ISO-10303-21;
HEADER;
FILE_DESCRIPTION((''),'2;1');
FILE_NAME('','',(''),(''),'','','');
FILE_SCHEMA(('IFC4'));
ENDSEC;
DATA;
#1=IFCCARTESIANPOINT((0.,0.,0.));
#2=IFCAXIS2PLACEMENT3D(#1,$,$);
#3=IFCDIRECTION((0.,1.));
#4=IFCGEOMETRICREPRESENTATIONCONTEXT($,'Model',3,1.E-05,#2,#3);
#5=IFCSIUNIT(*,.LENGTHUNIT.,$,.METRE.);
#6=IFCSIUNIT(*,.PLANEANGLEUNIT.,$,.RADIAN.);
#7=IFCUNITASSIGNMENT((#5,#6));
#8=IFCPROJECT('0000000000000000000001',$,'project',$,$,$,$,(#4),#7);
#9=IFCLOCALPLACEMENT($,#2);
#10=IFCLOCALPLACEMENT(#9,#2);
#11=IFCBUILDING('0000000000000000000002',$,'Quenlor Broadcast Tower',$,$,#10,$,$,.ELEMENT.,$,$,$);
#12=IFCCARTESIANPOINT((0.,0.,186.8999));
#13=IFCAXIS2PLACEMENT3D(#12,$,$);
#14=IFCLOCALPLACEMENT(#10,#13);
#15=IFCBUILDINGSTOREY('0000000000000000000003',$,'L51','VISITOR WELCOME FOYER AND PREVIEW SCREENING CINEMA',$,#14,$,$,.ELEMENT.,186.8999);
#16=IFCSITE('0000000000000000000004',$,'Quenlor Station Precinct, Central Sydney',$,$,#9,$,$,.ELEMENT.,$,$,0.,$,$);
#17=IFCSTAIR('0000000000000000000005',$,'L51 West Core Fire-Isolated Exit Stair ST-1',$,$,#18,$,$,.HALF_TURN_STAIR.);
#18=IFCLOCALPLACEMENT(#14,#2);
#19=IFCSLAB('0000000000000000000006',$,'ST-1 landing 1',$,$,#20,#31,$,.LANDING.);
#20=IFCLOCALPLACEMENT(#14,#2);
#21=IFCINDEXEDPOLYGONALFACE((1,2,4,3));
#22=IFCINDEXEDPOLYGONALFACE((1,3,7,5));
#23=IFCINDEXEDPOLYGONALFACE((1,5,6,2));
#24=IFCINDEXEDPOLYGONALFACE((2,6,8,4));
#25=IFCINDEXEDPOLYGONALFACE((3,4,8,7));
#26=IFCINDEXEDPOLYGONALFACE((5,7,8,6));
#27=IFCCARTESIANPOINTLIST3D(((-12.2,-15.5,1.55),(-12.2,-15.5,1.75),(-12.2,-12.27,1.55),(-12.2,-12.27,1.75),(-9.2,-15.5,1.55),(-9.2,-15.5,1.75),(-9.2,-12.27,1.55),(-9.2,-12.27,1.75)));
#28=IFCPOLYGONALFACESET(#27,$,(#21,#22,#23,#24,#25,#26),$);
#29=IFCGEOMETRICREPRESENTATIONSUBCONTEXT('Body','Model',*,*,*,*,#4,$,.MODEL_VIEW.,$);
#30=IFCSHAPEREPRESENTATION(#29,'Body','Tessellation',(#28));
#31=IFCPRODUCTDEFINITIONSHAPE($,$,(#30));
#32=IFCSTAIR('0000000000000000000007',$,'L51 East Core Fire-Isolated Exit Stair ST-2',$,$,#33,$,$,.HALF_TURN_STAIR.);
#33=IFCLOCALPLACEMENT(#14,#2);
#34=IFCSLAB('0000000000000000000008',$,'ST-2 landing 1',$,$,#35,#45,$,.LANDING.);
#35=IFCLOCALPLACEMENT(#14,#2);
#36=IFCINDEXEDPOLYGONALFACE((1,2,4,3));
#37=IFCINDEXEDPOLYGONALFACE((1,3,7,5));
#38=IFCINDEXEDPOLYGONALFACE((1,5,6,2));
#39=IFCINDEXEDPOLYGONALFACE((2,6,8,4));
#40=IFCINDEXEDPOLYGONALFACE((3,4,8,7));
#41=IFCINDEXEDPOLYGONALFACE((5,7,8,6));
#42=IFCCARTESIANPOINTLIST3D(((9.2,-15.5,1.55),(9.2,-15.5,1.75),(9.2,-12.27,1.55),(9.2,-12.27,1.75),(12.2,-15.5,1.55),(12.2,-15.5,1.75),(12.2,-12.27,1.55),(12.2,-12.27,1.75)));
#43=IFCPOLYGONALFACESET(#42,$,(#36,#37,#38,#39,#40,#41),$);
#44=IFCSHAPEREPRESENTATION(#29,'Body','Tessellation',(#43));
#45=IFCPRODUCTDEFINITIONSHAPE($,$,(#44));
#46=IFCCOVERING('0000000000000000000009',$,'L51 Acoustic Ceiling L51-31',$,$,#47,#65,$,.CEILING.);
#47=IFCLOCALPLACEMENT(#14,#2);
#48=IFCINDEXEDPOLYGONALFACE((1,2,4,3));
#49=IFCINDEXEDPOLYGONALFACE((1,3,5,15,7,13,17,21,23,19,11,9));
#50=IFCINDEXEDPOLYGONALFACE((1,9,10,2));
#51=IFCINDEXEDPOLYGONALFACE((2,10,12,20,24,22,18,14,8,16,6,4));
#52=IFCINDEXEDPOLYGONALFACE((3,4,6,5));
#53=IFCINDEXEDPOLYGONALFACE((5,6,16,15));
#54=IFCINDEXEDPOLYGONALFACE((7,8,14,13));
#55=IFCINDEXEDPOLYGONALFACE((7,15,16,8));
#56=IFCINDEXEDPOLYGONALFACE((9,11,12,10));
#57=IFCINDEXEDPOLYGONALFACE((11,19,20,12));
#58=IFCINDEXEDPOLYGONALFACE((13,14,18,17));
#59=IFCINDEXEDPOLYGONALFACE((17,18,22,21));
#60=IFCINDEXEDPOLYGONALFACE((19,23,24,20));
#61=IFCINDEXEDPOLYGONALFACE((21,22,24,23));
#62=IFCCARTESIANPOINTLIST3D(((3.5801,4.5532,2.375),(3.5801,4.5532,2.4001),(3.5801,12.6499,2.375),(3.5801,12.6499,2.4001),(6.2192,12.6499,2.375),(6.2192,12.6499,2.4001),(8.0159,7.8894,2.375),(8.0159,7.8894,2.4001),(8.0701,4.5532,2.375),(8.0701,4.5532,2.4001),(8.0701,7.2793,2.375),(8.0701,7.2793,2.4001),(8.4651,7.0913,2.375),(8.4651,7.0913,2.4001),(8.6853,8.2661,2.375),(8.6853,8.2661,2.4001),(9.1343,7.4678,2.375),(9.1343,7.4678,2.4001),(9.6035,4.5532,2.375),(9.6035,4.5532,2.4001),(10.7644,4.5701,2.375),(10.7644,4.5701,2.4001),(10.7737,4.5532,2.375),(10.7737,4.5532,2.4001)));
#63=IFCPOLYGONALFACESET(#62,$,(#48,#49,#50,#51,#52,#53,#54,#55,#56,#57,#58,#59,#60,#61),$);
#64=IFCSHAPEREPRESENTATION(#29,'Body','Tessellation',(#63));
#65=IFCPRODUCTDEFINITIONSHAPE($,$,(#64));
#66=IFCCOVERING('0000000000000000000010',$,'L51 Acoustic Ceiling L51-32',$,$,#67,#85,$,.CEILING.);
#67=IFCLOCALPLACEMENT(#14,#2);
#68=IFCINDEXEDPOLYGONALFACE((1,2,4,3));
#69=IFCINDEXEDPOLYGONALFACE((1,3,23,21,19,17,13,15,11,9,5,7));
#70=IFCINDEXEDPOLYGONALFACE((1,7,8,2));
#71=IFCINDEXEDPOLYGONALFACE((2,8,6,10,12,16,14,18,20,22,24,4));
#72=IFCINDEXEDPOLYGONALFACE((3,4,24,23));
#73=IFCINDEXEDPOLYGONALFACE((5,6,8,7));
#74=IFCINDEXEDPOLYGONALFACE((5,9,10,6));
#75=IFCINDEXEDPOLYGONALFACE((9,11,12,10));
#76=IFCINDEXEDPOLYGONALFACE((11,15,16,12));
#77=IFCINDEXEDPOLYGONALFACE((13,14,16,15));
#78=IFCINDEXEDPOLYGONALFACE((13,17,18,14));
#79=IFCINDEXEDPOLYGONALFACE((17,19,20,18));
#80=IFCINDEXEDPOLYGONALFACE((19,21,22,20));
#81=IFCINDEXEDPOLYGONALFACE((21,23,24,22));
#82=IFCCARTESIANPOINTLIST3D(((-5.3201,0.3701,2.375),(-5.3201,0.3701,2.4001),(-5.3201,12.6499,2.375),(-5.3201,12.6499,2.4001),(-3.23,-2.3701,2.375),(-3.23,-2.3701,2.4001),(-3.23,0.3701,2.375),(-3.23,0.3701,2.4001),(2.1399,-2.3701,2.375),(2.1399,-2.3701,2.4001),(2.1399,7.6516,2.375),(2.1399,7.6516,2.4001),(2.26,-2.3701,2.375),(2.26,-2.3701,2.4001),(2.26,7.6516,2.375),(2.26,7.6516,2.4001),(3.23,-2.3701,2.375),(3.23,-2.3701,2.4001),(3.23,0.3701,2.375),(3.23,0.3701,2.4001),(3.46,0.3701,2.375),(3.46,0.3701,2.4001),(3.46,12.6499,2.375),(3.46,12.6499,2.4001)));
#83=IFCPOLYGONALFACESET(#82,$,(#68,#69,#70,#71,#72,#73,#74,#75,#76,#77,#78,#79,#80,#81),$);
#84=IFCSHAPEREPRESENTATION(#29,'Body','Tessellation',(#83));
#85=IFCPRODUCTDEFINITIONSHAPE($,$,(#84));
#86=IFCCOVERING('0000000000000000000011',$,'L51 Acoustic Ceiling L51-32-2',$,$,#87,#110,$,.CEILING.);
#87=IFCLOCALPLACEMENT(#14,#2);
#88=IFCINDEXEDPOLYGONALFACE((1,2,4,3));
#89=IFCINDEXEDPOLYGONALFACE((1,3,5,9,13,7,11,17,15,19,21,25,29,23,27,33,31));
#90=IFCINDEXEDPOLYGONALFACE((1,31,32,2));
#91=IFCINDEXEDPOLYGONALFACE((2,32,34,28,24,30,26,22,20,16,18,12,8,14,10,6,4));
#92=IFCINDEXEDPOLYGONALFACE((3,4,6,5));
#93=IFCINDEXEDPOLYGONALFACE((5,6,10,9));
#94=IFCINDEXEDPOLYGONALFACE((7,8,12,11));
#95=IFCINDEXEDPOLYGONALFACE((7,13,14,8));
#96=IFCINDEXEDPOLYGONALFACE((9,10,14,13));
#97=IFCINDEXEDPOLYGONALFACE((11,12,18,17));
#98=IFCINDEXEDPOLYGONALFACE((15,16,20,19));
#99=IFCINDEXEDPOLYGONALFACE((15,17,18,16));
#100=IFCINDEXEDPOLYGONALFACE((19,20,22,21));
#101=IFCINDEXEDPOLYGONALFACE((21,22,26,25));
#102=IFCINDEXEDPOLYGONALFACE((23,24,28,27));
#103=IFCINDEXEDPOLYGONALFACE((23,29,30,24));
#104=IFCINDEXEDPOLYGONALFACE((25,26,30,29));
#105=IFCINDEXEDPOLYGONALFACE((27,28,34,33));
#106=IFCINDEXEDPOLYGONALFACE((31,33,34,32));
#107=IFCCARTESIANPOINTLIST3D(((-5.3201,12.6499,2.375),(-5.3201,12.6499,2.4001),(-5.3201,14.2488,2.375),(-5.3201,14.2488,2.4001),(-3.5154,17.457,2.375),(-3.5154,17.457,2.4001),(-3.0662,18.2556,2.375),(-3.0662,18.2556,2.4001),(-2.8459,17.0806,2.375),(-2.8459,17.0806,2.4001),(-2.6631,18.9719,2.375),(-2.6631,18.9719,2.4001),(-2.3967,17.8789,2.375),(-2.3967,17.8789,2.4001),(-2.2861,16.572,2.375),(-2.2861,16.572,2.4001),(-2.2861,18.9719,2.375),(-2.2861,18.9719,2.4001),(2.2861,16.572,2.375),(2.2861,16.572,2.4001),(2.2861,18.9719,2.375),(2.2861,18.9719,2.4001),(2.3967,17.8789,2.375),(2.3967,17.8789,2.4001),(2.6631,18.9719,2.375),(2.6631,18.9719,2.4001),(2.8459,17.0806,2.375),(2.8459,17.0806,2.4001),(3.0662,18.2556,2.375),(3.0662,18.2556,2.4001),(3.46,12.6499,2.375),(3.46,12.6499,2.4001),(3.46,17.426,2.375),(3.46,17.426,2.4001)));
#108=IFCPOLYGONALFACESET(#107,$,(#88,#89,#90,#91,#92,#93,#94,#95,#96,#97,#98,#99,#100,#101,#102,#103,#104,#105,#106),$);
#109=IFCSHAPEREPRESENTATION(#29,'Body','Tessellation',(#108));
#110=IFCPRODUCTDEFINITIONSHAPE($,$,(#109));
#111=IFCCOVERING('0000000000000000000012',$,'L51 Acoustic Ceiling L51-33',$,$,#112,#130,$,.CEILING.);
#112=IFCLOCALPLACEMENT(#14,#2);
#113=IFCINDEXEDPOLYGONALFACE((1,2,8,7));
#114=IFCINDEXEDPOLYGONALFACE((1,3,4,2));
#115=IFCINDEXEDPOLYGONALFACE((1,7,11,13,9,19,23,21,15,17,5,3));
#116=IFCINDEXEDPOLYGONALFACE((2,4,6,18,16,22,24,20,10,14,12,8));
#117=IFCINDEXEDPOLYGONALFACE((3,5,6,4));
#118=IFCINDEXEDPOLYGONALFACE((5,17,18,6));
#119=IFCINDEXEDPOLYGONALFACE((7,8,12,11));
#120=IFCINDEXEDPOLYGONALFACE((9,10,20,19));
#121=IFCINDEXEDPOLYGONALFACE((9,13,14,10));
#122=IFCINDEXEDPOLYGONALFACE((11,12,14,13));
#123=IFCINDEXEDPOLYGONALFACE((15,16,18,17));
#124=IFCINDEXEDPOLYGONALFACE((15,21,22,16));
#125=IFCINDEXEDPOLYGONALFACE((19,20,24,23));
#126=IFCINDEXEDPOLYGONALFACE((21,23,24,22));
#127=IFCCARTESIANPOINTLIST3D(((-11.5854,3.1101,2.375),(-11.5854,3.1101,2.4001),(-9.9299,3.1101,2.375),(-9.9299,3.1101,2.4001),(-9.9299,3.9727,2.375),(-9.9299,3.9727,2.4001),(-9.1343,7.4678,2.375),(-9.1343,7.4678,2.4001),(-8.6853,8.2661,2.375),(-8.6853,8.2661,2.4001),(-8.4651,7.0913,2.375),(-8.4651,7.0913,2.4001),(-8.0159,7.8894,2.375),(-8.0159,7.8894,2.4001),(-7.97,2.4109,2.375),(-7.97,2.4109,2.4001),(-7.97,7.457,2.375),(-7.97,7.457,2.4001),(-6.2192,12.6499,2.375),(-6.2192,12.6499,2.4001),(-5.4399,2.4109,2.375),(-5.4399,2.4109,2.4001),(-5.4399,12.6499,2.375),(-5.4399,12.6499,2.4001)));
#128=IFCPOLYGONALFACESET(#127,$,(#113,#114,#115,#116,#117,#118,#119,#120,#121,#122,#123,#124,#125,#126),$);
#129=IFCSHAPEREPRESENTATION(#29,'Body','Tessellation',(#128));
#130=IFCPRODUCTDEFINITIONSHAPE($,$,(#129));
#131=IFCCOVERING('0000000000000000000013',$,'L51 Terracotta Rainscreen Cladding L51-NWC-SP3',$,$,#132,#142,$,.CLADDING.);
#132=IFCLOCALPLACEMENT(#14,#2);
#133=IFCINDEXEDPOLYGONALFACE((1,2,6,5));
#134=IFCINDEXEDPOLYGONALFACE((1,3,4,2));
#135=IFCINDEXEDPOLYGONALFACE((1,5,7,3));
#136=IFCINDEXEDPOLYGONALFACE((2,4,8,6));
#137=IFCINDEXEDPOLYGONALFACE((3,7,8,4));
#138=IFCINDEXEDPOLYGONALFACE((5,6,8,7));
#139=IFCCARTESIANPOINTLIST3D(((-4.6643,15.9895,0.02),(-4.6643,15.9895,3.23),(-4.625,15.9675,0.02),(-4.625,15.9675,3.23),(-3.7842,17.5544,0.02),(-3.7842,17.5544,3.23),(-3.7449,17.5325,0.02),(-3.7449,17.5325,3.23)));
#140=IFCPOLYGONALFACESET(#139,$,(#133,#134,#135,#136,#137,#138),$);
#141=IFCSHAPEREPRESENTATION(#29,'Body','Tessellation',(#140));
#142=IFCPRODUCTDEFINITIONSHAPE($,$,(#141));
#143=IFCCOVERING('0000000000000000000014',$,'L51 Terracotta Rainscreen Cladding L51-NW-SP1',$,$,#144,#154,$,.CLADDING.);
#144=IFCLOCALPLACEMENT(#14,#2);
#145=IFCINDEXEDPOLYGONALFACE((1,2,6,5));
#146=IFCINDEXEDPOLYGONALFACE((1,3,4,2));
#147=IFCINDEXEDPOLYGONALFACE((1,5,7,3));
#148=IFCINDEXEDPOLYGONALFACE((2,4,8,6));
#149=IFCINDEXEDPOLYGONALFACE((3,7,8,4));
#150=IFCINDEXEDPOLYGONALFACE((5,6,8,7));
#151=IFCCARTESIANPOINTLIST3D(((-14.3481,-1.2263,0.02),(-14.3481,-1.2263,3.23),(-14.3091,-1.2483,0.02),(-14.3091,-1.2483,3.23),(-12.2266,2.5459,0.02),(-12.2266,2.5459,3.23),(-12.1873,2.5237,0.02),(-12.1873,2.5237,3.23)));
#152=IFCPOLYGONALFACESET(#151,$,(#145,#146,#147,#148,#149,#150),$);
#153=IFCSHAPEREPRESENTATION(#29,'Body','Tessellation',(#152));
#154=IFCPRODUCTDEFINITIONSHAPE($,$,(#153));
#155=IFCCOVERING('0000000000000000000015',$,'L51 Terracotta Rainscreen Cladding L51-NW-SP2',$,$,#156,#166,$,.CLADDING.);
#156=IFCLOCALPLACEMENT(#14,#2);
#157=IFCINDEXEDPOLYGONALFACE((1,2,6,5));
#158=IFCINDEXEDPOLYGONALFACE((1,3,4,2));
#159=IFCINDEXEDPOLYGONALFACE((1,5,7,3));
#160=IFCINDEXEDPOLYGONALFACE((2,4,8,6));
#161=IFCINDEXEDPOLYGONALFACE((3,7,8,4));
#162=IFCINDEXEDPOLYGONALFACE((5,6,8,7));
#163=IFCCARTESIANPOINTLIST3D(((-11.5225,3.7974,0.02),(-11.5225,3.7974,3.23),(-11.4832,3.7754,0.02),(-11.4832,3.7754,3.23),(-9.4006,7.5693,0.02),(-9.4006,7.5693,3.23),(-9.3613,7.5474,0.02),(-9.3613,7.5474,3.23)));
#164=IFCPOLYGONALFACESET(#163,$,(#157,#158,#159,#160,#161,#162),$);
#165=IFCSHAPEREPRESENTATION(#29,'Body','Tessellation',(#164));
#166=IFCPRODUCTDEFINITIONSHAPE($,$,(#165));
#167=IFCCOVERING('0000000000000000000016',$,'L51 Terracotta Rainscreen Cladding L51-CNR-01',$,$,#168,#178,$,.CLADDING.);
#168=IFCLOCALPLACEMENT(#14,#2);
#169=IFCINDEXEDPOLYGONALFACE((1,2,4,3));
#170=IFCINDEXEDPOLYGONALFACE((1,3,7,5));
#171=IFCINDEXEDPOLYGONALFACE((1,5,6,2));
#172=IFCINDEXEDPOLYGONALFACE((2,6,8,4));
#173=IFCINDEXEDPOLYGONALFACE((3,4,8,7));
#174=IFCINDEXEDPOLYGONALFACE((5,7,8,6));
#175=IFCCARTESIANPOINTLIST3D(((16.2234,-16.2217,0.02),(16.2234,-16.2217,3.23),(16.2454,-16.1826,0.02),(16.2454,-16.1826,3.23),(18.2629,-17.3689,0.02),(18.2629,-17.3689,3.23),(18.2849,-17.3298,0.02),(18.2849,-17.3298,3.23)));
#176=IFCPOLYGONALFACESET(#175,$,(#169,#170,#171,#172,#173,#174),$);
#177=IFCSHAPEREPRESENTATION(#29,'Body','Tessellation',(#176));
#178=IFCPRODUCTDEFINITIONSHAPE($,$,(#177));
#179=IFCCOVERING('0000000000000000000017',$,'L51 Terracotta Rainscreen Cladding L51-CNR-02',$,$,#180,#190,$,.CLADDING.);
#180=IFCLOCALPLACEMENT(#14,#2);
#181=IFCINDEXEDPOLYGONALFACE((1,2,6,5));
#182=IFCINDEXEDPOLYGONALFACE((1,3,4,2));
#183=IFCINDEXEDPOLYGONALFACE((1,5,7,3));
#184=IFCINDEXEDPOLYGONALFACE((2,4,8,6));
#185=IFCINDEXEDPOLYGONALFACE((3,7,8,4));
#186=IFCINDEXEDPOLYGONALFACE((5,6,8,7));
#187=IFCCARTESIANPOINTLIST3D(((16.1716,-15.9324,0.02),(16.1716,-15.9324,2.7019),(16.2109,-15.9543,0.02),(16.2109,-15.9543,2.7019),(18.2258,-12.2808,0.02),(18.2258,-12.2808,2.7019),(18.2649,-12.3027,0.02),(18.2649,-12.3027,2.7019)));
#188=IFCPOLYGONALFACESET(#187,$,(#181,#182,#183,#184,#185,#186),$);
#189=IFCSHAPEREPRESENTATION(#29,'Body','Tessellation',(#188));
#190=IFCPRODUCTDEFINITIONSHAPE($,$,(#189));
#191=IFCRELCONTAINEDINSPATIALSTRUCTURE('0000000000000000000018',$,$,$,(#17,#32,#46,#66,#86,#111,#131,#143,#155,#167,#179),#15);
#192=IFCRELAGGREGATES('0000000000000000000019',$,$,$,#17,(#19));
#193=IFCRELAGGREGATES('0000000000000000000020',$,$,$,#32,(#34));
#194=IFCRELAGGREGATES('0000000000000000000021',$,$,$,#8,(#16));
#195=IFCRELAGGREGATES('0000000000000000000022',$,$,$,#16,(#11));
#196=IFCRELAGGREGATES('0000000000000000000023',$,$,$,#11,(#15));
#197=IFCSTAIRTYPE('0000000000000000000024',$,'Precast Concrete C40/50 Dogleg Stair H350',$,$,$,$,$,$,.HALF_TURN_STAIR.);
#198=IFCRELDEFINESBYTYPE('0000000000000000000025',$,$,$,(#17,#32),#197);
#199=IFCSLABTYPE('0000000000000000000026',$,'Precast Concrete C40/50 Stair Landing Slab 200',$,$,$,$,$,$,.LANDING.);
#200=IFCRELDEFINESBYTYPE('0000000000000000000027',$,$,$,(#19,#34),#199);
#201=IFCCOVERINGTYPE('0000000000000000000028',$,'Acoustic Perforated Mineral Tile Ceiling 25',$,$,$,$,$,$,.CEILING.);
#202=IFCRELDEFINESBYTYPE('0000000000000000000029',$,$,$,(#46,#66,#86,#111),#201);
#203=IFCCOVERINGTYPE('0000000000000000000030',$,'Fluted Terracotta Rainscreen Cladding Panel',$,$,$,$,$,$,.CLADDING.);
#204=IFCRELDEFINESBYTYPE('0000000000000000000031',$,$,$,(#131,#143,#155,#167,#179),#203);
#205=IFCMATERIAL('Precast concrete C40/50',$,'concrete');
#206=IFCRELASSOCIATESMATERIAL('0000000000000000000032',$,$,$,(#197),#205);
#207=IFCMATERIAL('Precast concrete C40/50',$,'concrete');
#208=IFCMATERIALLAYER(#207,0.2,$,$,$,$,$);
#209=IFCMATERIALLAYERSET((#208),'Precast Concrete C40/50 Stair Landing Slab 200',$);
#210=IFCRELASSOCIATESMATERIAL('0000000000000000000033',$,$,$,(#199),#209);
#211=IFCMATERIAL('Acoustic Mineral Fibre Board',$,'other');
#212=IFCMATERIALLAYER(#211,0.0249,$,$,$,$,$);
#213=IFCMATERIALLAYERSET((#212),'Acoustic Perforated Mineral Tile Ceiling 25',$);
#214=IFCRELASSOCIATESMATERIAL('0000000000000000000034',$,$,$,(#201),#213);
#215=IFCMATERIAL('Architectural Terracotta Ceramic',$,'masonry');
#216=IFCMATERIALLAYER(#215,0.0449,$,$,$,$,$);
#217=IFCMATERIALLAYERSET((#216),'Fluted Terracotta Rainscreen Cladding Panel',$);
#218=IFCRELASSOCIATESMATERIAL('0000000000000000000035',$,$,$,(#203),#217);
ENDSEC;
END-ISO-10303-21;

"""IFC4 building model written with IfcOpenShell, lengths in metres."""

from ifc_helpers import new_model, si_unit, direction, frame, origin, place, context, subcontext, project, spatial, polyline, outline, extrude, material, layer, layer_set, type_object, element, aggregate, save


model = new_model("IFC4")

# Units and contexts
model_context = context("Model", 3, precision=1e-05, world=origin(), true_north=direction((0.0, 1.0)))
body_context = subcontext(model_context, "Body", "Model", "MODEL_VIEW")
ifc_project = project(units=[si_unit("LENGTHUNIT", "METRE"), si_unit("PLANEANGLEUNIT", "RADIAN")], contexts=[model_context])

# Site, building, storey
site_placement = place(None, origin())
site = spatial("IfcSite", under=ifc_project, at=site_placement, Name="Quenlor Station Precinct, Central Sydney", CompositionType="ELEMENT", RefElevation=0.0)
building_placement = place(site_placement, origin())
building = spatial("IfcBuilding", under=site, at=building_placement, Name="Quenlor Broadcast Tower", CompositionType="ELEMENT")
storey_placement = place(building_placement, frame((0.0, 0.0, 186.8999)))
storey = spatial("IfcBuildingStorey", under=building, at=storey_placement, Name="L51", Description="VISITOR WELCOME FOYER AND PREVIEW SCREENING CINEMA", CompositionType="ELEMENT", Elevation=186.8999)

# Stairs, slabs
ifc_material_1 = material(Name="Precast concrete C40/50", Category="concrete")
stair_type = type_object("IfcStairType", Name="Precast Concrete C40/50 Dogleg Stair H350", PredefinedType="HALF_TURN_STAIR", material=ifc_material_1)
stair_1_placement = place(storey_placement, origin())
stair_1 = element("IfcStair", 1, at=stair_1_placement, inside=storey, type_object=stair_type, Name="L51 West Core Fire-Isolated Exit Stair ST-1", PredefinedType="HALF_TURN_STAIR")
ifc_material_2 = material(Name="Precast concrete C40/50", Category="concrete")
ifc_layer_1 = layer(ifc_material_2, 0.2)
ifc_layer_set_1 = layer_set([ifc_layer_1], Name="Precast Concrete C40/50 Stair Landing Slab 200")
slab_type = type_object("IfcSlabType", Name="Precast Concrete C40/50 Stair Landing Slab 200", PredefinedType="LANDING", material=ifc_layer_set_1)
slab_1_placement = place(storey_placement, frame((0.0, 0.0, 1.55)))
slab_1 = element("IfcSlab", 2, at=slab_1_placement, type_object=slab_type, Name="ST-1 landing 1", PredefinedType="LANDING", context=body_context, shape_type="SweptSolid", body=[
    extrude(outline(polyline([(-12.2, -12.27), (-12.2, -15.5), (-9.2, -15.5), (-9.2, -12.27), (-12.2, -12.27)])), origin(), (0.0, 0.0, 1.0), 0.2),
])
aggregate(stair_1, [slab_1])
stair_2_placement = place(storey_placement, origin())
stair_2 = element("IfcStair", 3, at=stair_2_placement, inside=storey, type_object=stair_type, Name="L51 East Core Fire-Isolated Exit Stair ST-2", PredefinedType="HALF_TURN_STAIR")
slab_2_placement = place(storey_placement, frame((0.0, 0.0, 1.55)))
slab_2 = element("IfcSlab", 4, at=slab_2_placement, type_object=slab_type, Name="ST-2 landing 1", PredefinedType="LANDING", context=body_context, shape_type="SweptSolid", body=[
    extrude(outline(polyline([(9.2, -12.27), (9.2, -15.5), (12.2, -15.5), (12.2, -12.27), (9.2, -12.27)])), origin(), (0.0, 0.0, 1.0), 0.2),
])
aggregate(stair_2, [slab_2])

# Coverings
ifc_material_3 = material(Name="Acoustic Mineral Fibre Board", Category="other")
ifc_layer_2 = layer(ifc_material_3, 0.0249)
ifc_layer_set_2 = layer_set([ifc_layer_2], Name="Acoustic Perforated Mineral Tile Ceiling 25")
covering_type_1 = type_object("IfcCoveringType", Name="Acoustic Perforated Mineral Tile Ceiling 25", PredefinedType="CEILING", material=ifc_layer_set_2)
covering_1_placement = place(storey_placement, frame((0.0, 0.0, 2.375)))
element("IfcCovering", 5, at=covering_1_placement, inside=storey, type_object=covering_type_1, Name="L51 Acoustic Ceiling L51-31", PredefinedType="CEILING", context=body_context, shape_type="SweptSolid", body=[
    extrude(outline(polyline([(3.5801, 12.6499), (6.2192, 12.6499), (8.6853, 8.2661), (8.0159, 7.8894), (8.4651, 7.0913), (9.1343, 7.4678), (10.7644, 4.5701), (10.7737, 4.5532), (9.6035, 4.5532), (8.0701, 7.2793), (8.0701, 4.5532), (3.5801, 4.5532), (3.5801, 12.6499)])), origin(), (0.0, 0.0, 1.0), 0.0251),
])
covering_2_placement = place(storey_placement, frame((0.0, 0.0, 2.375)))
element("IfcCovering", 6, at=covering_2_placement, inside=storey, type_object=covering_type_1, Name="L51 Acoustic Ceiling L51-32", PredefinedType="CEILING", context=body_context, shape_type="SweptSolid", body=[
    extrude(outline(polyline([(3.46, 0.3701), (3.23, 0.3701), (3.23, -2.3701), (2.26, -2.3701), (2.26, 7.6516), (2.1399, 7.6516), (2.1399, -2.3701), (-3.23, -2.3701), (-3.23, 0.3701), (-5.3201, 0.3701), (-5.3201, 12.6499), (3.46, 12.6499), (3.46, 0.3701)])), origin(), (0.0, 0.0, 1.0), 0.0251),
])
covering_3_placement = place(storey_placement, frame((0.0, 0.0, 2.375)))
element("IfcCovering", 7, at=covering_3_placement, inside=storey, type_object=covering_type_1, Name="L51 Acoustic Ceiling L51-32-2", PredefinedType="CEILING", context=body_context, shape_type="SweptSolid", body=[
    extrude(outline(polyline([(2.2861, 16.572), (2.2861, 18.9719), (2.6631, 18.9719), (3.0662, 18.2556), (2.3967, 17.8789), (2.8459, 17.0806), (3.46, 17.426), (3.46, 12.6499), (-5.3201, 12.6499), (-5.3201, 14.2488), (-3.5154, 17.457), (-2.8459, 17.0806), (-2.3967, 17.8789), (-3.0662, 18.2556), (-2.6631, 18.9719), (-2.2861, 18.9719), (-2.2861, 16.572), (2.2861, 16.572)])), origin(), (0.0, 0.0, 1.0), 0.0251),
])
covering_4_placement = place(storey_placement, frame((0.0, 0.0, 2.375)))
element("IfcCovering", 8, at=covering_4_placement, inside=storey, type_object=covering_type_1, Name="L51 Acoustic Ceiling L51-33", PredefinedType="CEILING", context=body_context, shape_type="SweptSolid", body=[
    extrude(outline(polyline([(-9.9299, 3.9727), (-9.9299, 3.1101), (-11.5854, 3.1101), (-9.1343, 7.4678), (-8.4651, 7.0913), (-8.0159, 7.8894), (-8.6853, 8.2661), (-6.2192, 12.6499), (-5.4399, 12.6499), (-5.4399, 2.4109), (-7.97, 2.4109), (-7.97, 7.457), (-9.9299, 3.9727)])), origin(), (0.0, 0.0, 1.0), 0.0251),
])
ifc_material_4 = material(Name="Architectural Terracotta Ceramic", Category="masonry")
ifc_layer_3 = layer(ifc_material_4, 0.0449)
ifc_layer_set_3 = layer_set([ifc_layer_3], Name="Fluted Terracotta Rainscreen Cladding Panel")
covering_type_2 = type_object("IfcCoveringType", Name="Fluted Terracotta Rainscreen Cladding Panel", PredefinedType="CLADDING", material=ifc_layer_set_3)
covering_5_placement = place(storey_placement, frame((0.0, 0.0, 0.02)))
element("IfcCovering", 9, at=covering_5_placement, inside=storey, type_object=covering_type_2, Name="L51 Terracotta Rainscreen Cladding L51-NWC-SP3", PredefinedType="CLADDING", context=body_context, shape_type="SweptSolid", body=[
    extrude(outline(polyline([(-4.625, 15.9675), (-3.7449, 17.5325), (-3.7842, 17.5544), (-4.6643, 15.9895), (-4.625, 15.9675)])), origin(), (0.0, 0.0, 1.0), 3.21),
])
covering_6_placement = place(storey_placement, frame((0.0, 0.0, 0.02)))
element("IfcCovering", 10, at=covering_6_placement, inside=storey, type_object=covering_type_2, Name="L51 Terracotta Rainscreen Cladding L51-NW-SP1", PredefinedType="CLADDING", context=body_context, shape_type="SweptSolid", body=[
    extrude(outline(polyline([(-14.3091, -1.2483), (-12.1873, 2.5237), (-12.2266, 2.5459), (-14.3481, -1.2263), (-14.3091, -1.2483)])), origin(), (0.0, 0.0, 1.0), 3.21),
])
covering_7_placement = place(storey_placement, frame((0.0, 0.0, 0.02)))
element("IfcCovering", 11, at=covering_7_placement, inside=storey, type_object=covering_type_2, Name="L51 Terracotta Rainscreen Cladding L51-NW-SP2", PredefinedType="CLADDING", context=body_context, shape_type="SweptSolid", body=[
    extrude(outline(polyline([(-11.4832, 3.7754), (-9.3613, 7.5474), (-9.4006, 7.5693), (-11.5225, 3.7974), (-11.4832, 3.7754)])), origin(), (0.0, 0.0, 1.0), 3.21),
])
covering_8_placement = place(storey_placement, frame((0.0, 0.0, 0.02)))
element("IfcCovering", 12, at=covering_8_placement, inside=storey, type_object=covering_type_2, Name="L51 Terracotta Rainscreen Cladding L51-CNR-01", PredefinedType="CLADDING", context=body_context, shape_type="SweptSolid", body=[
    extrude(outline(polyline([(18.2849, -17.3298), (16.2454, -16.1826), (16.2234, -16.2217), (18.2629, -17.3689), (18.2849, -17.3298)])), origin(), (0.0, 0.0, 1.0), 3.21),
])
covering_9_placement = place(storey_placement, frame((0.0, 0.0, 0.02)))
element("IfcCovering", 13, at=covering_9_placement, inside=storey, type_object=covering_type_2, Name="L51 Terracotta Rainscreen Cladding L51-CNR-02", PredefinedType="CLADDING", context=body_context, shape_type="SweptSolid", body=[
    extrude(outline(polyline([(16.2109, -15.9543), (18.2649, -12.3027), (18.2258, -12.2808), (16.1716, -15.9324), (16.2109, -15.9543)])), origin(), (0.0, 0.0, 1.0), 2.6819),
])

save(model, "model.ifc")
